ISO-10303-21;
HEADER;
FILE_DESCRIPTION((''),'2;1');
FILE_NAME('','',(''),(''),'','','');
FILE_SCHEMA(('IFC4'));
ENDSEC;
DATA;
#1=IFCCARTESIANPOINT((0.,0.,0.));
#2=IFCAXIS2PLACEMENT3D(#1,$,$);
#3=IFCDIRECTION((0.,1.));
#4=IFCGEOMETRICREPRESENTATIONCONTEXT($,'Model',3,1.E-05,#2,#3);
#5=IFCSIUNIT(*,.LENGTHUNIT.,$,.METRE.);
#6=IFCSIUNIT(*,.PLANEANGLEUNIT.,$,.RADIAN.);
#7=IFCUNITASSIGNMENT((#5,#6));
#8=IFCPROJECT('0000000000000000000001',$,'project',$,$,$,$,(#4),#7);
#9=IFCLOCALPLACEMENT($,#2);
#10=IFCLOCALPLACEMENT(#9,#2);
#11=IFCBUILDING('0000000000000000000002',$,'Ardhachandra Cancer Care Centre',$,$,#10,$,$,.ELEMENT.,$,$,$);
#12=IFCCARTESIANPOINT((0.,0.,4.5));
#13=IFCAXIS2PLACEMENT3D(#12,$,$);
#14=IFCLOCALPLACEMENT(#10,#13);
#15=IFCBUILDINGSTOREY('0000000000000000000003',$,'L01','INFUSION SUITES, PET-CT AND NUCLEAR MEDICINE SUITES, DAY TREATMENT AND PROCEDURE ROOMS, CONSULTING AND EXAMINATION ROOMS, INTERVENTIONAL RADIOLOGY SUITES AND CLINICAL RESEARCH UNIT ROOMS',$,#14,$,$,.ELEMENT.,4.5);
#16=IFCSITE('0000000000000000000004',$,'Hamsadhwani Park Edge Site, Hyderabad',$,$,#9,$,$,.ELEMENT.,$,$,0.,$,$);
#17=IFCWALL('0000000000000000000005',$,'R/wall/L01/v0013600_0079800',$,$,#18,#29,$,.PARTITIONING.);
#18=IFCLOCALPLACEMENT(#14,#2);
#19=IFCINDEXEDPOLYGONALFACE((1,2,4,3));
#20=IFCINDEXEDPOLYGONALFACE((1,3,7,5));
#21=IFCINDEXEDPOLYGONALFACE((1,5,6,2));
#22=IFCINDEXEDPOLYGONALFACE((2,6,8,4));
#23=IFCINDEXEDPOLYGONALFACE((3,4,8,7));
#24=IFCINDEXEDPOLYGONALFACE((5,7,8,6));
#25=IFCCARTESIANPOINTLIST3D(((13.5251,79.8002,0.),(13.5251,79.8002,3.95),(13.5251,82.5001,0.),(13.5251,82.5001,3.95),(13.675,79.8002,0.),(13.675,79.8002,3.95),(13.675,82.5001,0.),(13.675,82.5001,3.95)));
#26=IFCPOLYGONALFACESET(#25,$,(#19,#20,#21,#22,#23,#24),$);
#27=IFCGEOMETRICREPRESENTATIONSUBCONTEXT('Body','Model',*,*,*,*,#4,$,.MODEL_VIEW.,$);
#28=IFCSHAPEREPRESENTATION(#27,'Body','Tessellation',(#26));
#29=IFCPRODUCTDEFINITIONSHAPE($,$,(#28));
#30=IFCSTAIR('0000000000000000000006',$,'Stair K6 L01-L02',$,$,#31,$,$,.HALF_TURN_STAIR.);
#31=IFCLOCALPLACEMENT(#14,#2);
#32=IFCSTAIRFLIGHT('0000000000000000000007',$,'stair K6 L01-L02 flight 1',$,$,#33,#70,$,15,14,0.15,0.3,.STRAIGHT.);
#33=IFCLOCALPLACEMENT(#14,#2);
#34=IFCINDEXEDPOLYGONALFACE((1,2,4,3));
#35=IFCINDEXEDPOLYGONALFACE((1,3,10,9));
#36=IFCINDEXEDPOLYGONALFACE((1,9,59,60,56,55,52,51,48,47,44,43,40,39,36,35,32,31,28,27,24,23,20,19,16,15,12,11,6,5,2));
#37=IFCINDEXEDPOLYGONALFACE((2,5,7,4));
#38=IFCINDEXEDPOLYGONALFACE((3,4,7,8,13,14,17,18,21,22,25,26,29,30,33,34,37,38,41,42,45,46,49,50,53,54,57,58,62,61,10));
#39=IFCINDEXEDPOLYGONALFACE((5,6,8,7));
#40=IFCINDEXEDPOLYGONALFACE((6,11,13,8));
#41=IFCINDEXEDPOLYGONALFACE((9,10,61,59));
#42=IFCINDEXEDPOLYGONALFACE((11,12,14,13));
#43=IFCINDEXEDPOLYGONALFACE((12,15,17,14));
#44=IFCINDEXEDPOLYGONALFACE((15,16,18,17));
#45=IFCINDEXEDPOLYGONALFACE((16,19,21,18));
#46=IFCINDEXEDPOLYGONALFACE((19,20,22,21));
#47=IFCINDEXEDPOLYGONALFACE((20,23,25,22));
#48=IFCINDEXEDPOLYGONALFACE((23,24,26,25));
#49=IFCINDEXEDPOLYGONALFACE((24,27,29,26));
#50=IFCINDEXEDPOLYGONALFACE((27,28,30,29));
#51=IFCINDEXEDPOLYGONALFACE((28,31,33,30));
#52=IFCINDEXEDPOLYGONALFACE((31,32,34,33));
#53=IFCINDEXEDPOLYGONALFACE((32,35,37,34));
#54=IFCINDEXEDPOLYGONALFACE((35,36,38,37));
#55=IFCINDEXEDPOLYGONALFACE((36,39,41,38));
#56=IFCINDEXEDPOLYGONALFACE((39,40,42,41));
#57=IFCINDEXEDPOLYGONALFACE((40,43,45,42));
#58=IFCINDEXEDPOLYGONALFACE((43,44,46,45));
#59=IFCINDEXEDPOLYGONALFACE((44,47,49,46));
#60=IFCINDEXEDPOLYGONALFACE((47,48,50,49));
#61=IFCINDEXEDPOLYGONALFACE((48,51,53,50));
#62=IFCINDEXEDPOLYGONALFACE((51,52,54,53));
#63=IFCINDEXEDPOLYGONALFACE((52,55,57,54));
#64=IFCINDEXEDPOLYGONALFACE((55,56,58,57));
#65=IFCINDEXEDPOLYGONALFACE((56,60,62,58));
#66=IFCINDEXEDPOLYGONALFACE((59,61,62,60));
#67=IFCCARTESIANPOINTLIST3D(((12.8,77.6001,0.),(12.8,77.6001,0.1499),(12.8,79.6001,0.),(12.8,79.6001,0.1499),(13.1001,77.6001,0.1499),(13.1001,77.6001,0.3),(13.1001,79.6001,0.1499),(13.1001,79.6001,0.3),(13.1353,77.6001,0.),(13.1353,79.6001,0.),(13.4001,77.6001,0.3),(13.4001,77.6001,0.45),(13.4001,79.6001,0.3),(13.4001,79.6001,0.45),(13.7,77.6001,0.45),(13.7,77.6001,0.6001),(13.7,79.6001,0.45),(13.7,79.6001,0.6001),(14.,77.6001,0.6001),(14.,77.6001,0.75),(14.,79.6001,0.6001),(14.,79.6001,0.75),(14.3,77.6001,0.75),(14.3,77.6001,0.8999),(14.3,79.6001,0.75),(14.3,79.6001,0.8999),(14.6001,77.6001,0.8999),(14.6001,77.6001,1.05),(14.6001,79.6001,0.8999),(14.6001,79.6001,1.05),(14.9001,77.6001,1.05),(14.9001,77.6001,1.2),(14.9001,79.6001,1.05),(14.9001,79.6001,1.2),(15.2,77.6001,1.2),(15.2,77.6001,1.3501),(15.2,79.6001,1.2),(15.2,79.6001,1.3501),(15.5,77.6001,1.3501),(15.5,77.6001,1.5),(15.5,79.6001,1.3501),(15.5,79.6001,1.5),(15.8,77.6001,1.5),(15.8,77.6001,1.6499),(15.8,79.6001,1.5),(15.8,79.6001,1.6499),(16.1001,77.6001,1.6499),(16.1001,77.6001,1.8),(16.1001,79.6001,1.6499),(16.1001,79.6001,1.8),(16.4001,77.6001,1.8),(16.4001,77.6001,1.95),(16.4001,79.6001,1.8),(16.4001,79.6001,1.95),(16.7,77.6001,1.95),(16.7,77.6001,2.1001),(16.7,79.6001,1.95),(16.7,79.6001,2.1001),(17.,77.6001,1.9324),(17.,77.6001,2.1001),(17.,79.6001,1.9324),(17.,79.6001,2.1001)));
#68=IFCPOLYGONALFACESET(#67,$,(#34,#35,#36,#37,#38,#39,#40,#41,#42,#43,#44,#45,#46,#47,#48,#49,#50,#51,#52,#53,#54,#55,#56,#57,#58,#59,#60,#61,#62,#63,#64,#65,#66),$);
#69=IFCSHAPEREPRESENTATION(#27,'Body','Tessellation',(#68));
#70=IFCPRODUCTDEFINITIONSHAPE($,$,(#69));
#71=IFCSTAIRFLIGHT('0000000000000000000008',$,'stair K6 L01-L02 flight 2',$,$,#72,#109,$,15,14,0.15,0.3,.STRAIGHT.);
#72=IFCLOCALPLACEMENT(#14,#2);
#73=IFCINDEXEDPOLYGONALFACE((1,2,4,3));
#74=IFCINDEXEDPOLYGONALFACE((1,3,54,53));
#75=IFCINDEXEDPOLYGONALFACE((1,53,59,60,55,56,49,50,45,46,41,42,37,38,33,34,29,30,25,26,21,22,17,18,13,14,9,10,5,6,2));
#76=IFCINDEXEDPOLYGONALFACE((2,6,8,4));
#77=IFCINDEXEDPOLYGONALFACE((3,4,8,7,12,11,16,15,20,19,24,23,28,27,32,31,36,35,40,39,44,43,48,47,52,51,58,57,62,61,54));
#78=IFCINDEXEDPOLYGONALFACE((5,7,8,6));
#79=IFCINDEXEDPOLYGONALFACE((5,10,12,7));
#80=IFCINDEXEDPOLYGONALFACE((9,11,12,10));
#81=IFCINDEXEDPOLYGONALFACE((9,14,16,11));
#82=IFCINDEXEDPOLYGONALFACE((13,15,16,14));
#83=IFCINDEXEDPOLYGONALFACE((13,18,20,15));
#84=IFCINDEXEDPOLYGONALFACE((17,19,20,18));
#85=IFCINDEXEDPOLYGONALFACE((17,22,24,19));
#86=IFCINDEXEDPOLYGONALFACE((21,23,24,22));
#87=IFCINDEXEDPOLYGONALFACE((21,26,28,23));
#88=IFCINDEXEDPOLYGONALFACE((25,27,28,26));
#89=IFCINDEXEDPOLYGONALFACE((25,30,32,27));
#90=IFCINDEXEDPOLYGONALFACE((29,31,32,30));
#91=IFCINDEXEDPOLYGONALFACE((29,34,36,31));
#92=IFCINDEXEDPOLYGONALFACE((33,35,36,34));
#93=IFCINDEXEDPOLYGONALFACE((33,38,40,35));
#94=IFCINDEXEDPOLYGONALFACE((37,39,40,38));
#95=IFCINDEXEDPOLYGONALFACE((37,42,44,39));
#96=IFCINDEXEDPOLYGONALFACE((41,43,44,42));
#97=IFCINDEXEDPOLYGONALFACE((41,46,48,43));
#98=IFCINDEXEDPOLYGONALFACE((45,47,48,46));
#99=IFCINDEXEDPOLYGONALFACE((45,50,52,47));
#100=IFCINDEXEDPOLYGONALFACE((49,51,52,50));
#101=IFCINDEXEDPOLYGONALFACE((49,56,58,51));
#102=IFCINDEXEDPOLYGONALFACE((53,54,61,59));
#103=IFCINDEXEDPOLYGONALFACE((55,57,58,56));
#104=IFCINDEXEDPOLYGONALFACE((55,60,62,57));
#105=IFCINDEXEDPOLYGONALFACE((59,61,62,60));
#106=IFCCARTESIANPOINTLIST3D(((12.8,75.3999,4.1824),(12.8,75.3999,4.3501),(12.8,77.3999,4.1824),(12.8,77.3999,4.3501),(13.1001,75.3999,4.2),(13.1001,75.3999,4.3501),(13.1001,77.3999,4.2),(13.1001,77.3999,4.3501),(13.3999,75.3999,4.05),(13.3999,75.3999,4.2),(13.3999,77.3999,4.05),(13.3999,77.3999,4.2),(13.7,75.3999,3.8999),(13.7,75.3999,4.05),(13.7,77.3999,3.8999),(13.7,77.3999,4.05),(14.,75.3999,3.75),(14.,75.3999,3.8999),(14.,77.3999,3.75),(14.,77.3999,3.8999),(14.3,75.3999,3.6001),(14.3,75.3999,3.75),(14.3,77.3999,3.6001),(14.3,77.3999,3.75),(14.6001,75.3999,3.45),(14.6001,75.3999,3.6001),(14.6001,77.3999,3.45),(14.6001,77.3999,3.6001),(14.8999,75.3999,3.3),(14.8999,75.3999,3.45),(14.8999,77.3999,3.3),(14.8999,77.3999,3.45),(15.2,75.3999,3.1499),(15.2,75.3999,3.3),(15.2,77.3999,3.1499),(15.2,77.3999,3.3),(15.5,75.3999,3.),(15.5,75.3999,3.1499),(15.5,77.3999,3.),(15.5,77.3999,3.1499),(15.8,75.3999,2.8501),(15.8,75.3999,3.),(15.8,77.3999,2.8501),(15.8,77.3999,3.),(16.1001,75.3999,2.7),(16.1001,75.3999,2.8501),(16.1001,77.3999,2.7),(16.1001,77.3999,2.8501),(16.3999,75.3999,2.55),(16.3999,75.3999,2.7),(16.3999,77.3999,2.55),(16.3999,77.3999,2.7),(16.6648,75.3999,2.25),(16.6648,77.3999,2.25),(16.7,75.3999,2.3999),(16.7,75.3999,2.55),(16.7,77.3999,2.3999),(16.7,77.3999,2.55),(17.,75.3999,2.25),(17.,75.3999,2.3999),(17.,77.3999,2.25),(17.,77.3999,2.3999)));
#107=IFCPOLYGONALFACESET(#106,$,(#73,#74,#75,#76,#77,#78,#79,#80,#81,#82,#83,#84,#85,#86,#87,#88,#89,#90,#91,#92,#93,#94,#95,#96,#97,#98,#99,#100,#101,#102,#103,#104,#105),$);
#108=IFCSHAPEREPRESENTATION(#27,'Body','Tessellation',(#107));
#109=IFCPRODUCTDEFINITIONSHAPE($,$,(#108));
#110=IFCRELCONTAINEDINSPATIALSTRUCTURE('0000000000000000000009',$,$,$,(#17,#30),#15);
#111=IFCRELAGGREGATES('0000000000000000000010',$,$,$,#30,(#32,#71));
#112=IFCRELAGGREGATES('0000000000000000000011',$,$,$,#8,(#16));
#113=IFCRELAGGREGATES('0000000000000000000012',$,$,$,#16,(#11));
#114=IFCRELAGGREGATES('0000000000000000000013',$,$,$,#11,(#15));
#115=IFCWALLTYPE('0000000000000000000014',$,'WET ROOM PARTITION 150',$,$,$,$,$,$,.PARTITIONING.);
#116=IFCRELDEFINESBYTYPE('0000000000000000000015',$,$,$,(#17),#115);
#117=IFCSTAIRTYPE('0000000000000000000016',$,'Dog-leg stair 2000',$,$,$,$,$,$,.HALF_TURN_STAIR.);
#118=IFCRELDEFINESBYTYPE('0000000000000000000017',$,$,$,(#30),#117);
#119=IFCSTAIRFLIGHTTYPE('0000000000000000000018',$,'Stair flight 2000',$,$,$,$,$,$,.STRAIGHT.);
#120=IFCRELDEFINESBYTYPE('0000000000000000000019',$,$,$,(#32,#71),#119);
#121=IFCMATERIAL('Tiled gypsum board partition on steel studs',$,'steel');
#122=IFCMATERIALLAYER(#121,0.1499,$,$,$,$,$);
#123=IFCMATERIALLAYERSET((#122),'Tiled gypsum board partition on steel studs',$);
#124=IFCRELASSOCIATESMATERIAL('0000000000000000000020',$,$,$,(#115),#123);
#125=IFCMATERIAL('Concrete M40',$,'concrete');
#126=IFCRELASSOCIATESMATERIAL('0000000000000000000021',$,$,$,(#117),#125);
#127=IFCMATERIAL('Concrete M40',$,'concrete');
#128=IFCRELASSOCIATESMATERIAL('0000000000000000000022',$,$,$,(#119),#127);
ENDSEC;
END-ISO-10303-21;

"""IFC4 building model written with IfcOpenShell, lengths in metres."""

from ifc_helpers import new_model, si_unit, direction, frame, frame_2d, origin, place, context, subcontext, project, spatial, polyline, rectangle, outline, extrude, material, layer, layer_set, type_object, element, aggregate, save


model = new_model("IFC4")

# Units and contexts
model_context = context("Model", 3, precision=1e-05, world=origin(), true_north=direction((0.0, 1.0)))
body_context = subcontext(model_context, "Body", "Model", "MODEL_VIEW")
ifc_project = project(units=[si_unit("LENGTHUNIT", "METRE"), si_unit("PLANEANGLEUNIT", "RADIAN")], contexts=[model_context])

# Site, building, storey
site_placement = place(None, origin())
site = spatial("IfcSite", under=ifc_project, at=site_placement, Name="Hamsadhwani Park Edge Site, Hyderabad", CompositionType="ELEMENT", RefElevation=0.0)
building_placement = place(site_placement, origin())
building = spatial("IfcBuilding", under=site, at=building_placement, Name="Ardhachandra Cancer Care Centre", CompositionType="ELEMENT")
storey_placement = place(building_placement, frame((0.0, 0.0, 4.5)))
storey = spatial("IfcBuildingStorey", under=building, at=storey_placement, Name="L01", Description="INFUSION SUITES, PET-CT AND NUCLEAR MEDICINE SUITES, DAY TREATMENT AND PROCEDURE ROOMS, CONSULTING AND EXAMINATION ROOMS, INTERVENTIONAL RADIOLOGY SUITES AND CLINICAL RESEARCH UNIT ROOMS", CompositionType="ELEMENT", Elevation=4.5)

# Wall
ifc_material_1 = material(Name="Tiled gypsum board partition on steel studs", Category="steel")
ifc_layer_1 = layer(ifc_material_1, 0.1499)
ifc_layer_set_1 = layer_set([ifc_layer_1], Name="Tiled gypsum board partition on steel studs")
wall_type_1 = type_object("IfcWallType", Name="WET ROOM PARTITION 150", PredefinedType="PARTITIONING", material=ifc_layer_set_1)
wall_1_placement = place(storey_placement, frame((13.6001, 79.8, 0.0), z_axis=(0.0, 0.0, 1.0), x_axis=(0.0, 1.0, 0.0)))
element("IfcWall", 1, at=wall_1_placement, inside=storey, type_object=wall_type_1, Name="R/wall/L01/v0013600_0079800", PredefinedType="PARTITIONING", context=body_context, shape_type="SweptSolid", body=[
    extrude(rectangle(XDim=2.7, YDim=0.1499, at=frame_2d((1.3501, 0.0))), origin(), (0.0, 0.0, 1.0), 3.95),
])

# Stair, stair flights
ifc_material_2 = material(Name="Concrete M40", Category="concrete")
stair_type = type_object("IfcStairType", Name="Dog-leg stair 2000", PredefinedType="HALF_TURN_STAIR", material=ifc_material_2)
stair_placement = place(storey_placement, origin())
stair = element("IfcStair", 2, at=stair_placement, inside=storey, type_object=stair_type, Name="Stair K6 L01-L02", PredefinedType="HALF_TURN_STAIR")
ifc_material_3 = material(Name="Concrete M40", Category="concrete")
stair_flight_type = type_object("IfcStairFlightType", Name="Stair flight 2000", PredefinedType="STRAIGHT", material=ifc_material_3)
stair_flight_1_placement = place(storey_placement, frame((12.8, 78.6001, 0.0), z_axis=(0.0, 0.0, 1.0), x_axis=(1.0, 0.0, 0.0)))
stair_flight_1 = element("IfcStairFlight", 3, at=stair_flight_1_placement, type_object=stair_flight_type, Name="stair K6 L01-L02 flight 1", NumberOfRisers=15, NumberOfTreads=14, PredefinedType="STRAIGHT", RiserHeight=0.15, TreadLength=0.3, context=body_context, shape_type="SweptSolid", body=[
    extrude(outline(polyline([(0.0, 0.0), (0.0, 0.1499), (0.3, 0.1499), (0.3, 0.3), (0.6001, 0.3), (0.6001, 0.45), (0.8999, 0.45), (0.8999, 0.6001), (1.2, 0.6001), (1.2, 0.75), (1.5, 0.75), (1.5, 0.8999), (1.8, 0.8999), (1.8, 1.05), (2.1001, 1.05), (2.1001, 1.2), (2.3999, 1.2), (2.3999, 1.3501), (2.7, 1.3501), (2.7, 1.5), (3.0, 1.5), (3.0, 1.6499), (3.3, 1.6499), (3.3, 1.8), (3.6001, 1.8), (3.6001, 1.95), (3.8999, 1.95), (3.8999, 2.1001), (4.2, 2.1001), (4.2, 2.25), (4.2, 1.9324), (0.3352, 0.0), (0.0, 0.0)])), frame((0.0, 1.0, 0.0), z_axis=(0.0, -1.0, 0.0), x_axis=(1.0, 0.0, 0.0)), (0.0, 0.0, 1.0), 2.0),
])
stair_flight_2_placement = place(storey_placement, frame((17.0, 76.3999, 2.25), z_axis=(0.0, 0.0, 1.0), x_axis=(-1.0, 0.0, 0.0)))
stair_flight_2 = element("IfcStairFlight", 4, at=stair_flight_2_placement, type_object=stair_flight_type, Name="stair K6 L01-L02 flight 2", NumberOfRisers=15, NumberOfTreads=14, PredefinedType="STRAIGHT", RiserHeight=0.15, TreadLength=0.3, context=body_context, shape_type="SweptSolid", body=[
    extrude(outline(polyline([(0.0, 0.0), (0.0, 0.1499), (0.3, 0.1499), (0.3, 0.3), (0.6001, 0.3), (0.6001, 0.45), (0.8999, 0.45), (0.8999, 0.6001), (1.2, 0.6001), (1.2, 0.75), (1.5, 0.75), (1.5, 0.8999), (1.8, 0.8999), (1.8, 1.05), (2.1001, 1.05), (2.1001, 1.2), (2.3999, 1.2), (2.3999, 1.3501), (2.7, 1.3501), (2.7, 1.5), (3.0, 1.5), (3.0, 1.6499), (3.3, 1.6499), (3.3, 1.8), (3.6001, 1.8), (3.6001, 1.95), (3.8999, 1.95), (3.8999, 2.1001), (4.2, 2.1001), (4.2, 2.25), (4.2, 1.9324), (0.3352, 0.0), (0.0, 0.0)])), frame((0.0, 1.0, 0.0), z_axis=(0.0, -1.0, 0.0), x_axis=(1.0, 0.0, 0.0)), (0.0, 0.0, 1.0), 2.0),
])
aggregate(stair, [stair_flight_1, stair_flight_2])

save(model, "model.ifc")
